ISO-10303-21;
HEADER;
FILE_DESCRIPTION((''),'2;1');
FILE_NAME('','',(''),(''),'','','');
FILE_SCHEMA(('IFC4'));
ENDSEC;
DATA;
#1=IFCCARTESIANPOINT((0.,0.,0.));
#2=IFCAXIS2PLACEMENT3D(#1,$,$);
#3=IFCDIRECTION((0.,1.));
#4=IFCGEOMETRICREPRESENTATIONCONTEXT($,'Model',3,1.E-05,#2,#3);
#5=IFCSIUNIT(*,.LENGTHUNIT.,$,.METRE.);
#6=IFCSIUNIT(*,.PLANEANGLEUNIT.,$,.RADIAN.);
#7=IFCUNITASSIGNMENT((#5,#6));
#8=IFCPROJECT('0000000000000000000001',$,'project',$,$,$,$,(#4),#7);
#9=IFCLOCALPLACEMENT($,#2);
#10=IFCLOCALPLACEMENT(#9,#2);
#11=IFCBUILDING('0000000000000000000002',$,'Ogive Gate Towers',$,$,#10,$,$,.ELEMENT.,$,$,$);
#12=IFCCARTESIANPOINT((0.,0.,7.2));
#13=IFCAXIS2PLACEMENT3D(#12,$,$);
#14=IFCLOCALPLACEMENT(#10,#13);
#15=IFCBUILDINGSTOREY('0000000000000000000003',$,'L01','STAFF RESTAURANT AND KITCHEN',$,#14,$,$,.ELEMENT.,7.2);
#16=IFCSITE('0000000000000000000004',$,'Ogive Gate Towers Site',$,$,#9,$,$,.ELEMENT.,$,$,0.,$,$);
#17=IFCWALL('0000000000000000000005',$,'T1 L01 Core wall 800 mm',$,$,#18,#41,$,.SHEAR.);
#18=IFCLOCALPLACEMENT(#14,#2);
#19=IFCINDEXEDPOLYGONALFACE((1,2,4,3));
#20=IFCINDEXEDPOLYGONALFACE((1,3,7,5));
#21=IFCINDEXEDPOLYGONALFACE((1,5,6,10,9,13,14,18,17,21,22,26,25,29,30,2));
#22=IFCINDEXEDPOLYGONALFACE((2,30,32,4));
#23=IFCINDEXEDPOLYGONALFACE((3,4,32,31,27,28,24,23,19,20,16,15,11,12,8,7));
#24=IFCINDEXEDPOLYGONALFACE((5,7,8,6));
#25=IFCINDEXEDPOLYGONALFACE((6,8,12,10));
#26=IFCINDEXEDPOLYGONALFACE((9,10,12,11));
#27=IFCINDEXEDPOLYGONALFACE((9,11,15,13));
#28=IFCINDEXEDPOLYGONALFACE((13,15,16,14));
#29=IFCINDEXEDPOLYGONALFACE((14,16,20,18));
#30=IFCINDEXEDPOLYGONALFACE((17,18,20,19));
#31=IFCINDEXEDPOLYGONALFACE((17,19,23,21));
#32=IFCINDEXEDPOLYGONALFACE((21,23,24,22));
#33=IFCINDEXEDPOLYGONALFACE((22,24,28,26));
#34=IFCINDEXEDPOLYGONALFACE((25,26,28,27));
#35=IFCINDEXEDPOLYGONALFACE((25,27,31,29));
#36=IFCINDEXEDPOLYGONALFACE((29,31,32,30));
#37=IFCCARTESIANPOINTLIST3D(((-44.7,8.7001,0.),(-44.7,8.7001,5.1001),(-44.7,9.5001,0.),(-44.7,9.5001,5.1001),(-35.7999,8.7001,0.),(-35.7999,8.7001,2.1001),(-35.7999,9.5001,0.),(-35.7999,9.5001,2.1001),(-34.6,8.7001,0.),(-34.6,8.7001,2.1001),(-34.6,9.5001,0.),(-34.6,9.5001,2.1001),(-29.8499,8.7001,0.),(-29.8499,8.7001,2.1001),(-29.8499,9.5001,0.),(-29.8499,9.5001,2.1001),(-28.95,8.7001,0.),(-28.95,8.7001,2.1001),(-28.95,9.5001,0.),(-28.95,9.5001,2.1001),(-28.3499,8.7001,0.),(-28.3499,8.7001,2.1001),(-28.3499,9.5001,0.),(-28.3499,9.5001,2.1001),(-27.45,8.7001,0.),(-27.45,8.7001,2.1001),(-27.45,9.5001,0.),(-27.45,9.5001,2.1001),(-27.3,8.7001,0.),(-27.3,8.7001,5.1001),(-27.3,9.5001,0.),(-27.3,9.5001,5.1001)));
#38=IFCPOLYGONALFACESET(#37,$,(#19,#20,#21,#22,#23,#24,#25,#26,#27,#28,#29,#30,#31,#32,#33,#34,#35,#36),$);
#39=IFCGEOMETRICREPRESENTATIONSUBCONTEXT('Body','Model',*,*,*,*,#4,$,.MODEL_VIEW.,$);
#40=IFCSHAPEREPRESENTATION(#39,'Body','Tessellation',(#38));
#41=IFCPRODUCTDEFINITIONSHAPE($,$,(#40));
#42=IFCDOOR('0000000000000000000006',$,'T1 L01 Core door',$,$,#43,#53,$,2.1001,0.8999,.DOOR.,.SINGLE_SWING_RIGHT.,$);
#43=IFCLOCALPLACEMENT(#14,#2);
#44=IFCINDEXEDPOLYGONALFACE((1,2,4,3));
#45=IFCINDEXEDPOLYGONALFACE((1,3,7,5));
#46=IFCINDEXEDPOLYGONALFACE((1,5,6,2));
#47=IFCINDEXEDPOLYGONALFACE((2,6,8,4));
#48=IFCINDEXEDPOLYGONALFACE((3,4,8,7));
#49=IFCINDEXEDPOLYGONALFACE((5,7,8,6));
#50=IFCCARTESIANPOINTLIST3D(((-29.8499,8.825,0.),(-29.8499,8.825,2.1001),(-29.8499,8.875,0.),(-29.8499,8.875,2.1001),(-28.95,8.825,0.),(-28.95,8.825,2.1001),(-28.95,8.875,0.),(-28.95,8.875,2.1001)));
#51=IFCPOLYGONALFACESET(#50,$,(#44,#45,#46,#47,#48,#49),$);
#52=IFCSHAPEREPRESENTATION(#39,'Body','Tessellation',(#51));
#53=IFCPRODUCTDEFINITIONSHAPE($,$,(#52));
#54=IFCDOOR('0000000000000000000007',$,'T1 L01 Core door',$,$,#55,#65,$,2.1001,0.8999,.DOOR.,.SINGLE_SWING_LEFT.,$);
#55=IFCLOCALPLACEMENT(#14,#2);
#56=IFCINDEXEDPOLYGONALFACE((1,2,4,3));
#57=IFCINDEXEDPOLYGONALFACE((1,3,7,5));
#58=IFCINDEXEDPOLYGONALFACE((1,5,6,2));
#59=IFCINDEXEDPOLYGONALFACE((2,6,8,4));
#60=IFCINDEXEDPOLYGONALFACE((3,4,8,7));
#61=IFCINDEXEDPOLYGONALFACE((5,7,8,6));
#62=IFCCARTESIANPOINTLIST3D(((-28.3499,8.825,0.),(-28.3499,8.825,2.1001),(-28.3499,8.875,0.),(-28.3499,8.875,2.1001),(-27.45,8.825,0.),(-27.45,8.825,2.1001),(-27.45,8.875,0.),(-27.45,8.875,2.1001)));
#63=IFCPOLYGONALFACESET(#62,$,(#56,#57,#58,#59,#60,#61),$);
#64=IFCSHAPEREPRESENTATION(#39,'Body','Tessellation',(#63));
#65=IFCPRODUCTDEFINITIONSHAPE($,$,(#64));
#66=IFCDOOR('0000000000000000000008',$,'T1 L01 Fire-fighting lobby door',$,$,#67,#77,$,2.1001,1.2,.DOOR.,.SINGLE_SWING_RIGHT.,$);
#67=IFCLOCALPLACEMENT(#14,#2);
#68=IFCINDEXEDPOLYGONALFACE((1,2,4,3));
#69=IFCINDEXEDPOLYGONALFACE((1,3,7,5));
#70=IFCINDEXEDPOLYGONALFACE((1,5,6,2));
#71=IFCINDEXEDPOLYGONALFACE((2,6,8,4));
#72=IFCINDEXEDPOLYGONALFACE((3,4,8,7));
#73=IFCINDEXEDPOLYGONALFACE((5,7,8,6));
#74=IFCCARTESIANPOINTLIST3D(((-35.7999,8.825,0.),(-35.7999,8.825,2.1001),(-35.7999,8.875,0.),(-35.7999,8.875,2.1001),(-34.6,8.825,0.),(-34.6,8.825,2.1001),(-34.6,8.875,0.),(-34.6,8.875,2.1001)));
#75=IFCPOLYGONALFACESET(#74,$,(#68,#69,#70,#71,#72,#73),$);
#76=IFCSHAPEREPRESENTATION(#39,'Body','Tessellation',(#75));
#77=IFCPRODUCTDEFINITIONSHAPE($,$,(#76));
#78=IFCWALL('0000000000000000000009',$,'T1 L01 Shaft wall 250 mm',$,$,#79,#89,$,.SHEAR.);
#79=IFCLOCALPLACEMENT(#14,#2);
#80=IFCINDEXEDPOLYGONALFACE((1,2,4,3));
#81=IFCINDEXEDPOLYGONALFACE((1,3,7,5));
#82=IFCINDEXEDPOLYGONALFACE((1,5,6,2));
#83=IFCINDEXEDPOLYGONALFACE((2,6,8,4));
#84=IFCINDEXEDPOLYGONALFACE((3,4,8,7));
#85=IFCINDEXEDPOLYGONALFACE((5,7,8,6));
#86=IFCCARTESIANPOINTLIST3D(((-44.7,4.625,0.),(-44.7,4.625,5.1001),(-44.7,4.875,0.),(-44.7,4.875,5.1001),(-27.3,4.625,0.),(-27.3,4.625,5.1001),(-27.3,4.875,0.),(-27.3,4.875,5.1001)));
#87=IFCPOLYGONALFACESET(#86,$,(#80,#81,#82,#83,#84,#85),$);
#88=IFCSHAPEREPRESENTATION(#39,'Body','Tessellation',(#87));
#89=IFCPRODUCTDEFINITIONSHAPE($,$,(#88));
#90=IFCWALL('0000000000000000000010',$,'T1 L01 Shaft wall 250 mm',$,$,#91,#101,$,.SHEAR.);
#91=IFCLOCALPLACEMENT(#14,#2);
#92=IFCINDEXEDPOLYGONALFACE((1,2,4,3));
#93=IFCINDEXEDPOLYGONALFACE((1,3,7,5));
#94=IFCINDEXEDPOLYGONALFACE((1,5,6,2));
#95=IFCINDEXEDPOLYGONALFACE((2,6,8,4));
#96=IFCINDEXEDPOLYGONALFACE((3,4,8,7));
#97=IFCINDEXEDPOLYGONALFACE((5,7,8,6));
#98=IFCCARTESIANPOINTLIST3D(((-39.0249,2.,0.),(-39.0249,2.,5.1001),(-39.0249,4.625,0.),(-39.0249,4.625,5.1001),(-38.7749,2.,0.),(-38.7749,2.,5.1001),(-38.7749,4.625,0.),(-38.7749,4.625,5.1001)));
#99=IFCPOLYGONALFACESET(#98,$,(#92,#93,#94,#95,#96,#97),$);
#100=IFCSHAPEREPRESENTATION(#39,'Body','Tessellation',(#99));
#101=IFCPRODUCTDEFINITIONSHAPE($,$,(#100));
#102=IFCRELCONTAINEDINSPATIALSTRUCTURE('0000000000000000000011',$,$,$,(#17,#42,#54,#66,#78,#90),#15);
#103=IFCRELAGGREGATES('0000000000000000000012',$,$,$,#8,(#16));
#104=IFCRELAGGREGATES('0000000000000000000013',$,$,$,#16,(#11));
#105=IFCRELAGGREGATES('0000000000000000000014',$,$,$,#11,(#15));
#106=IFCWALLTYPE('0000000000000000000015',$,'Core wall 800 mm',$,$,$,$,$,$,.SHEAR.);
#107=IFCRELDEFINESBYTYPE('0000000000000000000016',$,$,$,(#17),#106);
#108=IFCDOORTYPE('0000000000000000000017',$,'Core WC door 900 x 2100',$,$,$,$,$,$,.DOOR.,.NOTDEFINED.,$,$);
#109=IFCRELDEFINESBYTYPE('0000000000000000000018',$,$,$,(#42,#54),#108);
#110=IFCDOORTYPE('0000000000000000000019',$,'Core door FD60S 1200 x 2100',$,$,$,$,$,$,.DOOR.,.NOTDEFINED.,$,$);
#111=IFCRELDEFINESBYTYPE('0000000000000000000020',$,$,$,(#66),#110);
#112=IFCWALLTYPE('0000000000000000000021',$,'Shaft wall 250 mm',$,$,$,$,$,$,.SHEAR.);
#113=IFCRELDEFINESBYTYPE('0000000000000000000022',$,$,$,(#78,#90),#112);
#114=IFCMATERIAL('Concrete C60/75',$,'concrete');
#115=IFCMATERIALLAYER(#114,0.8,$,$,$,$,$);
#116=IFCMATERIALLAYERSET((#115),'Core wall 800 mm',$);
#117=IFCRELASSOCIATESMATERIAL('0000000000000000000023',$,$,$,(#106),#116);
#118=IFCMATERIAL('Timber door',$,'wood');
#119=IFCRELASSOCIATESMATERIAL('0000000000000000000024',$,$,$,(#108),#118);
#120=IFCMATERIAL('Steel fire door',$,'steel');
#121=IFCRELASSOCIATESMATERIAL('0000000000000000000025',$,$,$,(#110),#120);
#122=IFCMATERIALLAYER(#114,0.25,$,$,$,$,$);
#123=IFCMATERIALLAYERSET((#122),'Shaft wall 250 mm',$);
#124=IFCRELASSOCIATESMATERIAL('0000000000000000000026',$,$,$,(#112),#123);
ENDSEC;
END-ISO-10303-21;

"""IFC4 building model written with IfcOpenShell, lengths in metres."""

from ifc_helpers import new_model, si_unit, direction, frame, frame_2d, origin, place, context, subcontext, project, spatial, rectangle, extrude, material, layer, layer_set, type_object, element, fill, save


model = new_model("IFC4")

# Units and contexts
model_context = context("Model", 3, precision=1e-05, world=origin(), true_north=direction((0.0, 1.0)))
body_context = subcontext(model_context, "Body", "Model", "MODEL_VIEW")
ifc_project = project(units=[si_unit("LENGTHUNIT", "METRE"), si_unit("PLANEANGLEUNIT", "RADIAN")], contexts=[model_context])

# Site, building, storey
site_placement = place(None, origin())
site = spatial("IfcSite", under=ifc_project, at=site_placement, Name="Ogive Gate Towers Site", CompositionType="ELEMENT", RefElevation=0.0)
building_placement = place(site_placement, origin())
building = spatial("IfcBuilding", under=site, at=building_placement, Name="Ogive Gate Towers", CompositionType="ELEMENT")
storey_placement = place(building_placement, frame((0.0, 0.0, 7.2)))
storey = spatial("IfcBuildingStorey", under=building, at=storey_placement, Name="L01", Description="STAFF RESTAURANT AND KITCHEN", CompositionType="ELEMENT", Elevation=7.2)

# Wall, openings, doors
ifc_material_1 = material(Name="Concrete C60/75", Category="concrete")
ifc_layer_1 = layer(ifc_material_1, 0.8)
ifc_layer_set_1 = layer_set([ifc_layer_1], Name="Core wall 800 mm")
wall_type_1 = type_object("IfcWallType", Name="Core wall 800 mm", PredefinedType="SHEAR", material=ifc_layer_set_1)
wall_1_placement = place(storey_placement, frame((-44.7, 9.1001, 0.0), z_axis=(0.0, 0.0, 1.0), x_axis=(1.0, 0.0, 0.0)))
wall_1 = element("IfcWall", 1, at=wall_1_placement, inside=storey, type_object=wall_type_1, Name="T1 L01 Core wall 800 mm", PredefinedType="SHEAR", context=body_context, shape_type="SweptSolid", body=[
    extrude(rectangle(XDim=17.3999, YDim=0.8, at=frame_2d((8.7, 0.0))), origin(), (0.0, 0.0, 1.0), 5.1001),
])
opening_1_placement = place(wall_1_placement, frame((8.8999, 0.0, 0.0)))
opening_1 = element("IfcOpeningElement", 2, at=opening_1_placement, cuts=wall_1, PredefinedType="OPENING", context=body_context, shape_type="SweptSolid", body=[
    extrude(rectangle(XDim=1.2, YDim=2.1001, at=frame_2d((0.6001, 1.05))), frame((0.0, 0.4102, 0.0), z_axis=(0.0, -1.0, 0.0), x_axis=(1.0, 0.0, 0.0)), (0.0, 0.0, 1.0), 0.8201),
])
opening_2_placement = place(wall_1_placement, frame((14.8501, 0.0, 0.0)))
opening_2 = element("IfcOpeningElement", 3, at=opening_2_placement, cuts=wall_1, PredefinedType="OPENING", context=body_context, shape_type="SweptSolid", body=[
    extrude(rectangle(XDim=0.8999, YDim=2.1001, at=frame_2d((0.45, 1.05))), frame((0.0, 0.4102, 0.0), z_axis=(0.0, -1.0, 0.0), x_axis=(1.0, 0.0, 0.0)), (0.0, 0.0, 1.0), 0.8201),
])
opening_3_placement = place(wall_1_placement, frame((16.3501, 0.0, 0.0)))
opening_3 = element("IfcOpeningElement", 4, at=opening_3_placement, cuts=wall_1, PredefinedType="OPENING", context=body_context, shape_type="SweptSolid", body=[
    extrude(rectangle(XDim=0.8999, YDim=2.1001, at=frame_2d((0.45, 1.05))), frame((0.0, 0.4102, 0.0), z_axis=(0.0, -1.0, 0.0), x_axis=(1.0, 0.0, 0.0)), (0.0, 0.0, 1.0), 0.8201),
])
ifc_material_2 = material(Name="Timber door", Category="wood")
door_type_1 = type_object("IfcDoorType", Name="Core WC door 900 x 2100", OperationType="NOTDEFINED", PredefinedType="DOOR", material=ifc_material_2)
door_1_placement = place(opening_2_placement, origin())
door_1 = element("IfcDoor", 5, at=door_1_placement, inside=storey, type_object=door_type_1, Name="T1 L01 Core door", OperationType="SINGLE_SWING_RIGHT", OverallHeight=2.1001, OverallWidth=0.8999, PredefinedType="DOOR", context=body_context, shape_type="SweptSolid", body=[
    extrude(rectangle(XDim=0.8999, YDim=2.1001, at=frame_2d((0.45, 1.05))), frame((0.0, -0.2251, 0.0), z_axis=(0.0, -1.0, 0.0), x_axis=(1.0, 0.0, 0.0)), (0.0, 0.0, 1.0), 0.05),
])
fill(opening_2, door_1)
door_2_placement = place(opening_3_placement, origin())
door_2 = element("IfcDoor", 6, at=door_2_placement, inside=storey, type_object=door_type_1, Name="T1 L01 Core door", OperationType="SINGLE_SWING_LEFT", OverallHeight=2.1001, OverallWidth=0.8999, PredefinedType="DOOR", context=body_context, shape_type="SweptSolid", body=[
    extrude(rectangle(XDim=0.8999, YDim=2.1001, at=frame_2d((0.45, 1.05))), frame((0.0, -0.2251, 0.0), z_axis=(0.0, -1.0, 0.0), x_axis=(1.0, 0.0, 0.0)), (0.0, 0.0, 1.0), 0.05),
])
fill(opening_3, door_2)
ifc_material_3 = material(Name="Steel fire door", Category="steel")
door_type_2 = type_object("IfcDoorType", Name="Core door FD60S 1200 x 2100", OperationType="NOTDEFINED", PredefinedType="DOOR", material=ifc_material_3)
door_3_placement = place(opening_1_placement, origin())
door_3 = element("IfcDoor", 7, at=door_3_placement, inside=storey, type_object=door_type_2, Name="T1 L01 Fire-fighting lobby door", OperationType="SINGLE_SWING_RIGHT", OverallHeight=2.1001, OverallWidth=1.2, PredefinedType="DOOR", context=body_context, shape_type="SweptSolid", body=[
    extrude(rectangle(XDim=1.2, YDim=2.1001, at=frame_2d((0.6001, 1.05))), frame((0.0, -0.2251, 0.0), z_axis=(0.0, -1.0, 0.0), x_axis=(1.0, 0.0, 0.0)), (0.0, 0.0, 1.0), 0.05),
])
fill(opening_1, door_3)

# Walls
ifc_layer_2 = layer(ifc_material_1, 0.25)
ifc_layer_set_2 = layer_set([ifc_layer_2], Name="Shaft wall 250 mm")
wall_type_2 = type_object("IfcWallType", Name="Shaft wall 250 mm", PredefinedType="SHEAR", material=ifc_layer_set_2)
wall_2_placement = place(storey_placement, frame((-44.7, 4.75, 0.0), z_axis=(0.0, 0.0, 1.0), x_axis=(1.0, 0.0, 0.0)))
element("IfcWall", 8, at=wall_2_placement, inside=storey, type_object=wall_type_2, Name="T1 L01 Shaft wall 250 mm", PredefinedType="SHEAR", context=body_context, shape_type="SweptSolid", body=[
    extrude(rectangle(XDim=17.3999, YDim=0.25, at=frame_2d((8.7, 0.0))), origin(), (0.0, 0.0, 1.0), 5.1001),
])
wall_3_placement = place(storey_placement, frame((-38.8999, 2.0, 0.0), z_axis=(0.0, 0.0, 1.0), x_axis=(0.0, 1.0, 0.0)))
element("IfcWall", 9, at=wall_3_placement, inside=storey, type_object=wall_type_2, Name="T1 L01 Shaft wall 250 mm", PredefinedType="SHEAR", context=body_context, shape_type="SweptSolid", body=[
    extrude(rectangle(XDim=2.625, YDim=0.25, at=frame_2d((1.3125, 0.0))), origin(), (0.0, 0.0, 1.0), 5.1001),
])

save(model, "model.ifc")
